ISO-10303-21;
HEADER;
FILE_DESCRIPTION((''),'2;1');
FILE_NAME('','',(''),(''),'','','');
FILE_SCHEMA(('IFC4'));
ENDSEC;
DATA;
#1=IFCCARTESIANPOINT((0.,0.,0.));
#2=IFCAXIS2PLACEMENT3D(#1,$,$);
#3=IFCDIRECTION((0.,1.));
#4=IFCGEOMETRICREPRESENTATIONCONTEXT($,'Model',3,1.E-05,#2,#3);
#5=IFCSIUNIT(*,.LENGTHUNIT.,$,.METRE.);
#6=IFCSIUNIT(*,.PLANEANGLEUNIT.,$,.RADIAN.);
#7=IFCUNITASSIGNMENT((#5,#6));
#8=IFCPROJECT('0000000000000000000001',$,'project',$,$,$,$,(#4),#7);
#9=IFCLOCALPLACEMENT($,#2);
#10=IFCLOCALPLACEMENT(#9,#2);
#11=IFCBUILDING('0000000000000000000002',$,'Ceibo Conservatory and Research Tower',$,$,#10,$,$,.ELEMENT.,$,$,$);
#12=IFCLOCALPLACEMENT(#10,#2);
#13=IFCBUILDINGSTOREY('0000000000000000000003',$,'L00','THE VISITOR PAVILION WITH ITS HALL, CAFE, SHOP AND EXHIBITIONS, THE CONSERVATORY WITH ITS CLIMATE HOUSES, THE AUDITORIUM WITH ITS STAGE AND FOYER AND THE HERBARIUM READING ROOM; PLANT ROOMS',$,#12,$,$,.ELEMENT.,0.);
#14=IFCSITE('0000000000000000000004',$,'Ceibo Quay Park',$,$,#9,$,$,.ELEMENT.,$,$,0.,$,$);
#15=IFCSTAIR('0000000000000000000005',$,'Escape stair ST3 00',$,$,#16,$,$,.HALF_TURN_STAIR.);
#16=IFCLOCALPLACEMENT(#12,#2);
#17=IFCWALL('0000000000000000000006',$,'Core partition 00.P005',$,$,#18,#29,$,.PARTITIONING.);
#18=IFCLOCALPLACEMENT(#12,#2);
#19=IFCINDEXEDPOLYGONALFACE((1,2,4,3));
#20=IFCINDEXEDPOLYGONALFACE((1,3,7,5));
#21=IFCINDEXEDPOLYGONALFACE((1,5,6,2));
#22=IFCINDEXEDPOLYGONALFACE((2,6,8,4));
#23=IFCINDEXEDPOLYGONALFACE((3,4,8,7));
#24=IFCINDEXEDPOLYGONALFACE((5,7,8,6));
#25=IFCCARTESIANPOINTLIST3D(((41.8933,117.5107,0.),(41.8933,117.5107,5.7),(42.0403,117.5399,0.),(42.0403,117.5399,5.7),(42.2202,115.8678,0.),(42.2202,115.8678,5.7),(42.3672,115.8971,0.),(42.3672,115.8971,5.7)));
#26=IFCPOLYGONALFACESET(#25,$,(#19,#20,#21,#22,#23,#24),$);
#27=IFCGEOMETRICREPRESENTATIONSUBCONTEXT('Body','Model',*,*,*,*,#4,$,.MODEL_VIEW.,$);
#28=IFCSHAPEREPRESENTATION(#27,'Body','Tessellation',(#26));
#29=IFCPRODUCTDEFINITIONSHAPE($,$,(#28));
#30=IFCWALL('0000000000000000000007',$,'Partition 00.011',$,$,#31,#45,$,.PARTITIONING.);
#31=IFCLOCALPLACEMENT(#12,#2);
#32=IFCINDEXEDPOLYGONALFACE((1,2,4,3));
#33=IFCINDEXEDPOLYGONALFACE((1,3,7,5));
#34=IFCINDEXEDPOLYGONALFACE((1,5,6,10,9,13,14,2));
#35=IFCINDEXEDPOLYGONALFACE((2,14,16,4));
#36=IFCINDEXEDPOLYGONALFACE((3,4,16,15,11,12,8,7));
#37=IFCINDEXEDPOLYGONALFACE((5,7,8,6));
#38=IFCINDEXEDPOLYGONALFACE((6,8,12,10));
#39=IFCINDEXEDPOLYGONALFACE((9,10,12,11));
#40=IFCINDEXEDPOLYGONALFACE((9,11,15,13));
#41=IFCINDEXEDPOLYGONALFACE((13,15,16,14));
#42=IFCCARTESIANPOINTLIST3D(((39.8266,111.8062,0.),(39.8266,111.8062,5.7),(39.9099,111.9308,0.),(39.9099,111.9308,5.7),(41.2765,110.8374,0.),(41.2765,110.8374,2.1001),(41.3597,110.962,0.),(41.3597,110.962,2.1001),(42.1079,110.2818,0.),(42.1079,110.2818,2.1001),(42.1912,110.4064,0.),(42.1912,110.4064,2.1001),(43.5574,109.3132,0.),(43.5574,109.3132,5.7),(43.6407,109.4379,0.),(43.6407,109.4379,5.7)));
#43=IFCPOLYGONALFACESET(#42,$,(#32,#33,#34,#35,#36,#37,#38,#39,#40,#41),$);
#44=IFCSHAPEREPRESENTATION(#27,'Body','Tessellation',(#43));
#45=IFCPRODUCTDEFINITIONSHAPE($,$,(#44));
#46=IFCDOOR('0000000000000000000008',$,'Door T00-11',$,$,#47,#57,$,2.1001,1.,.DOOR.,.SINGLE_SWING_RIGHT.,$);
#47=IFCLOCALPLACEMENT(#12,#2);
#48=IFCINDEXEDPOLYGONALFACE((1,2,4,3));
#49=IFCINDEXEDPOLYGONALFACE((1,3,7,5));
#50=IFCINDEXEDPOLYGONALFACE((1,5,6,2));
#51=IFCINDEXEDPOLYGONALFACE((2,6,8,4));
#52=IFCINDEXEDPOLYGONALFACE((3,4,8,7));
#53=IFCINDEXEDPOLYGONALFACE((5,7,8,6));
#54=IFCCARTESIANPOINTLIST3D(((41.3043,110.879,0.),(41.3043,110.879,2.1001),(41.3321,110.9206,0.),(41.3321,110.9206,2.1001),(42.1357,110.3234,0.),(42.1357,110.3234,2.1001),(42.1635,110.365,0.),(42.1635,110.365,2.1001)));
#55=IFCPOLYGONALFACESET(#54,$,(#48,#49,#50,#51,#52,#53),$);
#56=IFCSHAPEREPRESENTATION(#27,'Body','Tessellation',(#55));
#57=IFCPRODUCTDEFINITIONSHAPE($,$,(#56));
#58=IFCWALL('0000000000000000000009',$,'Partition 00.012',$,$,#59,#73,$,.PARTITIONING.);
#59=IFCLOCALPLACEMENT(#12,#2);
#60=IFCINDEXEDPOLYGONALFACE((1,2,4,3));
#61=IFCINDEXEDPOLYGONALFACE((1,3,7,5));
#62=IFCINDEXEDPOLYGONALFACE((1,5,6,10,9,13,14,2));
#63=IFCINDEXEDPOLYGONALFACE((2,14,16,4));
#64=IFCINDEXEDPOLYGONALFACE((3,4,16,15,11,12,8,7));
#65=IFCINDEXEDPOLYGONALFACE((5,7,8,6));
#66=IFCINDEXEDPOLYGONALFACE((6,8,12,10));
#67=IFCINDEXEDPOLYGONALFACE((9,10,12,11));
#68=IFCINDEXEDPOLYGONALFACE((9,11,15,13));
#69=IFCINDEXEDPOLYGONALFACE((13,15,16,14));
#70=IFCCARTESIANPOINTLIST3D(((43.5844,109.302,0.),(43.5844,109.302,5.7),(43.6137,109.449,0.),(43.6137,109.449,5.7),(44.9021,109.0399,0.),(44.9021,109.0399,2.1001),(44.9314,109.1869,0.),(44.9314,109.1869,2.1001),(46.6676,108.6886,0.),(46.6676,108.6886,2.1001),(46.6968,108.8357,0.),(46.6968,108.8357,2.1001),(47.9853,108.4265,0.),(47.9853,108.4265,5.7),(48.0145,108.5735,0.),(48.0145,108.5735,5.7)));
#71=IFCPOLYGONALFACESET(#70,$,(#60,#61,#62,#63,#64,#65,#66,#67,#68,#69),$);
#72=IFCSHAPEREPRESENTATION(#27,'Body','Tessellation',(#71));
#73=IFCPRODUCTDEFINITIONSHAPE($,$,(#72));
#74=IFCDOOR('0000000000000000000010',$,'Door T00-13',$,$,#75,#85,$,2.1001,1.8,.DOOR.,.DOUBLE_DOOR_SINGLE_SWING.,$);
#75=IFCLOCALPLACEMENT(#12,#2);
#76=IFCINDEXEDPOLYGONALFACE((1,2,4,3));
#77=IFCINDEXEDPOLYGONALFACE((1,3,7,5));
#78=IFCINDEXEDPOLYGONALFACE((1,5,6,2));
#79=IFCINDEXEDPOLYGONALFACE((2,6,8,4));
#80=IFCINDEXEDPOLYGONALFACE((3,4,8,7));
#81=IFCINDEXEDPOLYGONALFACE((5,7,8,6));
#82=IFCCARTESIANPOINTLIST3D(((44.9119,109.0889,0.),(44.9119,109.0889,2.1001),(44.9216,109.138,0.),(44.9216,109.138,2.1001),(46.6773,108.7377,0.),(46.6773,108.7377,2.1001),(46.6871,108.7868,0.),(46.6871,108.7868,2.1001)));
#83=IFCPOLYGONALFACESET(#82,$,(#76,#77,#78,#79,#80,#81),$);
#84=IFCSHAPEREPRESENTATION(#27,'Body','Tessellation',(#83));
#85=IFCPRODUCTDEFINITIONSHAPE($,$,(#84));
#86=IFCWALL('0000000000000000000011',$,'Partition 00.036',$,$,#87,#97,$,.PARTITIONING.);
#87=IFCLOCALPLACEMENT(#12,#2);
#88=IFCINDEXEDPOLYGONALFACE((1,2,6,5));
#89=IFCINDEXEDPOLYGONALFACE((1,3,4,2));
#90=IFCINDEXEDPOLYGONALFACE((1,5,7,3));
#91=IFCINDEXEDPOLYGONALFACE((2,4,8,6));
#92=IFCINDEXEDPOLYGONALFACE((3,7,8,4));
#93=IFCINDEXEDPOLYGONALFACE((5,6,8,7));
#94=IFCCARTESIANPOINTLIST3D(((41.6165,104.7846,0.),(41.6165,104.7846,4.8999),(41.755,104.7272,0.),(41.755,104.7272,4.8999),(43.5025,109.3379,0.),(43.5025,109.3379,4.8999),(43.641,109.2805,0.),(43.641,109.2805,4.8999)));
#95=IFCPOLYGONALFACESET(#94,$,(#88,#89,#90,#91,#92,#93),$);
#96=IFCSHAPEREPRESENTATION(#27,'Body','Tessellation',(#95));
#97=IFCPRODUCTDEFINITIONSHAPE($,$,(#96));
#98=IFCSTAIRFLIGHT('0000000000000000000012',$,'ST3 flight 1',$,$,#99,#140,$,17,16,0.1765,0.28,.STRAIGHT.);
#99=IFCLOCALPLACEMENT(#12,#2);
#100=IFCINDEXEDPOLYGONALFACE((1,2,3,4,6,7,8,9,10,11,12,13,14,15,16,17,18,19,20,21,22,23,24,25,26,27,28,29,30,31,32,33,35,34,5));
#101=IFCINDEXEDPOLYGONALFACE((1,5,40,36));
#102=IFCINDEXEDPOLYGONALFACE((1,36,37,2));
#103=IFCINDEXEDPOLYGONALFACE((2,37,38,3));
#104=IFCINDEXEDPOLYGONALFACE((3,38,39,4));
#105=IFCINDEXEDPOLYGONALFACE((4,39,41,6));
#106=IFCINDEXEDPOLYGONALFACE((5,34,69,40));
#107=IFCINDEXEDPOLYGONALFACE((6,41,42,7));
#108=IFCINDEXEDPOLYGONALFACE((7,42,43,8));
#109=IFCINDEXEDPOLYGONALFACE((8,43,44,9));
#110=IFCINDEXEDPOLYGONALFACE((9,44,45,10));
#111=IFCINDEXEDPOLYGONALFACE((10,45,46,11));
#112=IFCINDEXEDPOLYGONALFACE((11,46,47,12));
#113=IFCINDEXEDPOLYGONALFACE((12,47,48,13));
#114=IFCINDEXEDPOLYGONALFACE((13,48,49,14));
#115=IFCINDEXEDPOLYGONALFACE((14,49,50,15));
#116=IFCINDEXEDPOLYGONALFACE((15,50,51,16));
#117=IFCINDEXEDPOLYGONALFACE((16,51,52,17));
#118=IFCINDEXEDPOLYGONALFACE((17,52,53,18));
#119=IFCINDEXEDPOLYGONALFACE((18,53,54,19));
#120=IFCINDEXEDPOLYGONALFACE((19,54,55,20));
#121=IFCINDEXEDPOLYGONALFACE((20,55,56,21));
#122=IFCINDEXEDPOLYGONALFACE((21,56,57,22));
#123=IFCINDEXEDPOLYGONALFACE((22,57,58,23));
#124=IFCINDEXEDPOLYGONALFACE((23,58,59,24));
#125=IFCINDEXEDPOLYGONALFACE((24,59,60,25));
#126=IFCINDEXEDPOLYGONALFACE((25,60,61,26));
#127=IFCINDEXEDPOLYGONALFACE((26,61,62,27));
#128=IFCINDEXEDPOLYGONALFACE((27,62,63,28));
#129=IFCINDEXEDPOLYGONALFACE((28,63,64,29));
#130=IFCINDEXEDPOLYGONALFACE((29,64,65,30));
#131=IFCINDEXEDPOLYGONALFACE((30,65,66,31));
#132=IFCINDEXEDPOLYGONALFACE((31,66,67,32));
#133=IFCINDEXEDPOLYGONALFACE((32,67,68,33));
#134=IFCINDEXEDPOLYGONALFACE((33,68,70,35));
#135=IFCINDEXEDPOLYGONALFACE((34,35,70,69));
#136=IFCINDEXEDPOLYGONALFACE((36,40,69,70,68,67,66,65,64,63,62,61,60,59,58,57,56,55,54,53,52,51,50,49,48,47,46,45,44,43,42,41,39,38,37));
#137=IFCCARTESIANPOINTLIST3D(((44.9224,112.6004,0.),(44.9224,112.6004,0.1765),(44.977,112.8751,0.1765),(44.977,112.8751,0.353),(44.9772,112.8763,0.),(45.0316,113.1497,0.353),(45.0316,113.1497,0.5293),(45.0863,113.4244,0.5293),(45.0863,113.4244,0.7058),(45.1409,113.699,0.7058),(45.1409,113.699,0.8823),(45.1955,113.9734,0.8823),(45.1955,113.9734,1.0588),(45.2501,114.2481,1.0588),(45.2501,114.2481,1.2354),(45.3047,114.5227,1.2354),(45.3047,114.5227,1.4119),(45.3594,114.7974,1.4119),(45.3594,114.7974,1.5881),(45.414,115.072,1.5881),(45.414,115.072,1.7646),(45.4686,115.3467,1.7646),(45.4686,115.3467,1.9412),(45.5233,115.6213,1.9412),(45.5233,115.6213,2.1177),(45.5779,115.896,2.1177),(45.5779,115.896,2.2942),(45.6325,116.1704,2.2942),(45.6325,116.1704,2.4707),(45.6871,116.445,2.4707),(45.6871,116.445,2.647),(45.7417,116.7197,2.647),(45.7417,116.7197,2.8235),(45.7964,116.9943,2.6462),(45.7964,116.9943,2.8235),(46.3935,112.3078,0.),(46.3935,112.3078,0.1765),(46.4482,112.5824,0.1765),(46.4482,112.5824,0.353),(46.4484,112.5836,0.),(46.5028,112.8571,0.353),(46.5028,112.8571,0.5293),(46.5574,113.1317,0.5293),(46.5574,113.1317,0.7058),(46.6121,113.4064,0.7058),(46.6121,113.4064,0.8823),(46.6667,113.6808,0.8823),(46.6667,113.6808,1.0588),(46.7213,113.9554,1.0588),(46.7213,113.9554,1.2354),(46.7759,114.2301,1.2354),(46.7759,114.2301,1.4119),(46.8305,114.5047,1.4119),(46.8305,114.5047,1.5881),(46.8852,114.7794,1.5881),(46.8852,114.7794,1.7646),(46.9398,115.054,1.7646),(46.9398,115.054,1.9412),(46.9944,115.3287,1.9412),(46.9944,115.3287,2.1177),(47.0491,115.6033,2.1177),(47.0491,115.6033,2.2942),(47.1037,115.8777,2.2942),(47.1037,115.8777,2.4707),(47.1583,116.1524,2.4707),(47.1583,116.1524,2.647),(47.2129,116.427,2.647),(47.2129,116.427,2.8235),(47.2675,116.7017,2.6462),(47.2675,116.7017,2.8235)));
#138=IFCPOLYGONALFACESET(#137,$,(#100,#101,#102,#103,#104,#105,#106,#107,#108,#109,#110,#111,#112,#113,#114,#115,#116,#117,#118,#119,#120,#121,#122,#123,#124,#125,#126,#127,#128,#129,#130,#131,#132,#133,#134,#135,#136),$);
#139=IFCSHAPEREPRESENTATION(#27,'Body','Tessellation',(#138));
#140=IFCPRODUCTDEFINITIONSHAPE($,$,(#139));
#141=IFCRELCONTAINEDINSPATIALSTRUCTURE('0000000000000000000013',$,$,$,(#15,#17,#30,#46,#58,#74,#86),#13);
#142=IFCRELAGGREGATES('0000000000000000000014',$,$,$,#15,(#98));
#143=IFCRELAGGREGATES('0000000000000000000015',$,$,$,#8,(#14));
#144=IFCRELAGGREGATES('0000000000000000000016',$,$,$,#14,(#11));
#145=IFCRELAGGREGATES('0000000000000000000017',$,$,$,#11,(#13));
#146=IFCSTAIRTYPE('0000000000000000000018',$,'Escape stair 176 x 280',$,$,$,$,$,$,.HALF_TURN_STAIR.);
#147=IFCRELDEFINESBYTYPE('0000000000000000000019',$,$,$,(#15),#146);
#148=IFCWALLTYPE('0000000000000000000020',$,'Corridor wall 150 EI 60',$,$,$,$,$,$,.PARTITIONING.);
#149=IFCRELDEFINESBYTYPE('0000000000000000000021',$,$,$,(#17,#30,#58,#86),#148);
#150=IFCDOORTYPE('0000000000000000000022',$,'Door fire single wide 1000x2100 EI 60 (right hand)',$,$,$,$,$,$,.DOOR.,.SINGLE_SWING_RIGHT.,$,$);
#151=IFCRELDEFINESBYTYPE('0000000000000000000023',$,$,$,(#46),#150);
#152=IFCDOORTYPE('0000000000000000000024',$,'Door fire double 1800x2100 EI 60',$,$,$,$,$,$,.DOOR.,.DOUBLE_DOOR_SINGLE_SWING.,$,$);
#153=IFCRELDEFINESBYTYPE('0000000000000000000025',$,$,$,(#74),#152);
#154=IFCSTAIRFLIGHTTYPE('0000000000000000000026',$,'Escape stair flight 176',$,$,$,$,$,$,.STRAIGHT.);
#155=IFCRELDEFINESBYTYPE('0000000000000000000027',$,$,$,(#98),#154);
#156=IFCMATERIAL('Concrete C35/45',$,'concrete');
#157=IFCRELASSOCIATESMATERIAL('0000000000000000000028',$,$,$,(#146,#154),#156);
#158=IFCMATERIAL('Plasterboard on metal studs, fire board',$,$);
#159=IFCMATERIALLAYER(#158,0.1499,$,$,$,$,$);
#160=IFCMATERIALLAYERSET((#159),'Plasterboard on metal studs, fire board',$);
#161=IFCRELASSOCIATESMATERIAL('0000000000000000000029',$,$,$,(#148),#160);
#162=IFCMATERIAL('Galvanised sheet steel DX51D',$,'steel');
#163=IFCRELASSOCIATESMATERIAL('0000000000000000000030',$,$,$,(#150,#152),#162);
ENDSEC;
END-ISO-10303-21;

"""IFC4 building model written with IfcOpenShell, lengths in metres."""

from ifc_helpers import new_model, si_unit, direction, frame, frame_2d, origin, place, context, subcontext, project, spatial, polyline, rectangle, outline, extrude, material, layer, layer_set, type_object, element, fill, aggregate, save


model = new_model("IFC4")

# Units and contexts
model_context = context("Model", 3, precision=1e-05, world=origin(), true_north=direction((0.0, 1.0)))
body_context = subcontext(model_context, "Body", "Model", "MODEL_VIEW")
ifc_project = project(units=[si_unit("LENGTHUNIT", "METRE"), si_unit("PLANEANGLEUNIT", "RADIAN")], contexts=[model_context])

# Site, building, storey
site_placement = place(None, origin())
site = spatial("IfcSite", under=ifc_project, at=site_placement, Name="Ceibo Quay Park", CompositionType="ELEMENT", RefElevation=0.0)
building_placement = place(site_placement, origin())
building = spatial("IfcBuilding", under=site, at=building_placement, Name="Ceibo Conservatory and Research Tower", CompositionType="ELEMENT")
storey_placement = place(building_placement, origin())
storey = spatial("IfcBuildingStorey", under=building, at=storey_placement, Name="L00", Description="THE VISITOR PAVILION WITH ITS HALL, CAFE, SHOP AND EXHIBITIONS, THE CONSERVATORY WITH ITS CLIMATE HOUSES, THE AUDITORIUM WITH ITS STAGE AND FOYER AND THE HERBARIUM READING ROOM; PLANT ROOMS", CompositionType="ELEMENT", Elevation=0.0)

# Shared definitions
ifc_material_1 = material(Name="Concrete C35/45", Category="concrete")

# Stair
stair_type = type_object("IfcStairType", Name="Escape stair 176 x 280", PredefinedType="HALF_TURN_STAIR", material=ifc_material_1)
stair_placement = place(storey_placement, origin())
stair = element("IfcStair", 1, at=stair_placement, inside=storey, type_object=stair_type, Name="Escape stair ST3 00", PredefinedType="HALF_TURN_STAIR")

# Shared definitions
ifc_material_2 = material(Name="Galvanised sheet steel DX51D", Category="steel")

# Wall
ifc_material_3 = material(Name="Plasterboard on metal studs, fire board")
ifc_layer_1 = layer(ifc_material_3, 0.1499)
ifc_layer_set_1 = layer_set([ifc_layer_1], Name="Plasterboard on metal studs, fire board")
wall_type_1 = type_object("IfcWallType", Name="Corridor wall 150 EI 60", PredefinedType="PARTITIONING", material=ifc_layer_set_1)
wall_1_placement = place(storey_placement, frame((42.2937, 115.8826, 0.0), z_axis=(0.0, 0.0, 1.0), x_axis=(-0.195163, 0.980771, 0.0)))
element("IfcWall", 2, at=wall_1_placement, inside=storey, type_object=wall_type_1, Name="Core partition 00.P005", PredefinedType="PARTITIONING", context=body_context, shape_type="SweptSolid", body=[
    extrude(rectangle(XDim=1.675, YDim=0.1499, at=frame_2d((0.8374, 0.0))), origin(), (0.0, 0.0, 1.0), 5.7),
])

# Walls, openings, doors
wall_2_placement = place(storey_placement, frame((43.5991, 109.3755, 0.0), z_axis=(0.0, 0.0, 1.0), x_axis=(-0.831455, 0.555591, 0.0)))
wall_2 = element("IfcWall", 3, at=wall_2_placement, inside=storey, type_object=wall_type_1, Name="Partition 00.011", PredefinedType="PARTITIONING", context=body_context, shape_type="SweptSolid", body=[
    extrude(rectangle(XDim=4.4871, YDim=0.1499, at=frame_2d((2.2437, 0.0))), origin(), (0.0, 0.0, 1.0), 5.7),
])
opening_1_placement = place(wall_2_placement, frame((1.7434, 0.0, 0.0)))
opening_1 = element("IfcOpeningElement", 4, at=opening_1_placement, cuts=wall_2, PredefinedType="OPENING", context=body_context, shape_type="SweptSolid", body=[
    extrude(rectangle(XDim=1.0, YDim=2.1001, at=frame_2d((0.5, 1.05))), frame((0.0, 0.085, 0.0), z_axis=(0.0, -1.0, 0.0), x_axis=(1.0, 0.0, 0.0)), (0.0, 0.0, 1.0), 0.1699),
])
door_type_1 = type_object("IfcDoorType", Name="Door fire single wide 1000x2100 EI 60 (right hand)", OperationType="SINGLE_SWING_RIGHT", PredefinedType="DOOR", material=ifc_material_2)
door_1_placement = place(opening_1_placement, origin())
door_1 = element("IfcDoor", 5, at=door_1_placement, inside=storey, type_object=door_type_1, Name="Door T00-11", OperationType="SINGLE_SWING_RIGHT", OverallHeight=2.1001, OverallWidth=1.0, PredefinedType="DOOR", context=body_context, shape_type="SweptSolid", body=[
    extrude(rectangle(XDim=1.0, YDim=2.1001, at=frame_2d((0.5, 1.05))), frame((0.0, 0.0249, 0.0), z_axis=(0.0, -1.0, 0.0), x_axis=(1.0, 0.0, 0.0)), (0.0, 0.0, 1.0), 0.05),
])
fill(opening_1, door_1)
wall_3_placement = place(storey_placement, frame((48.0, 108.5, 0.0), z_axis=(0.0, 0.0, 1.0), x_axis=(-0.980781, 0.195112, 0.0)))
wall_3 = element("IfcWall", 6, at=wall_3_placement, inside=storey, type_object=wall_type_1, Name="Partition 00.012", PredefinedType="PARTITIONING", context=body_context, shape_type="SweptSolid", body=[
    extrude(rectangle(XDim=4.4871, YDim=0.1499, at=frame_2d((2.2437, 0.0))), origin(), (0.0, 0.0, 1.0), 5.7),
])
opening_2_placement = place(wall_3_placement, frame((1.3438, 0.0, 0.0)))
opening_2 = element("IfcOpeningElement", 7, at=opening_2_placement, cuts=wall_3, PredefinedType="OPENING", context=body_context, shape_type="SweptSolid", body=[
    extrude(rectangle(XDim=1.8, YDim=2.1001, at=frame_2d((0.8999, 1.05))), frame((0.0, 0.085, 0.0), z_axis=(0.0, -1.0, 0.0), x_axis=(1.0, 0.0, 0.0)), (0.0, 0.0, 1.0), 0.1699),
])
door_type_2 = type_object("IfcDoorType", Name="Door fire double 1800x2100 EI 60", OperationType="DOUBLE_DOOR_SINGLE_SWING", PredefinedType="DOOR", material=ifc_material_2)
door_2_placement = place(opening_2_placement, origin())
door_2 = element("IfcDoor", 8, at=door_2_placement, inside=storey, type_object=door_type_2, Name="Door T00-13", OperationType="DOUBLE_DOOR_SINGLE_SWING", OverallHeight=2.1001, OverallWidth=1.8, PredefinedType="DOOR", context=body_context, shape_type="SweptSolid", body=[
    extrude(rectangle(XDim=1.8, YDim=2.1001, at=frame_2d((0.8999, 1.05))), frame((0.0, 0.0249, 0.0), z_axis=(0.0, -1.0, 0.0), x_axis=(1.0, 0.0, 0.0)), (0.0, 0.0, 1.0), 0.05),
])
fill(opening_2, door_2)

# Wall
wall_4_placement = place(storey_placement, frame((43.5718, 109.3093, 0.0), z_axis=(0.0, 0.0, 1.0), x_axis=(-0.38268, -0.923881, 0.0)))
element("IfcWall", 9, at=wall_4_placement, inside=storey, type_object=wall_type_1, Name="Partition 00.036", PredefinedType="PARTITIONING", context=body_context, shape_type="SweptSolid", body=[
    extrude(rectangle(XDim=4.9285, YDim=0.1499, at=frame_2d((2.4644, 0.0))), origin(), (0.0, 0.0, 1.0), 4.8999),
])

# Stair flight
stair_flight_type = type_object("IfcStairFlightType", Name="Escape stair flight 176", PredefinedType="STRAIGHT", material=ifc_material_1)
stair_flight_placement = place(storey_placement, frame((45.658, 112.4541, 0.0), z_axis=(0.0, 0.0, 1.0), x_axis=(0.19509, 0.980785, 0.0)))
stair_flight = element("IfcStairFlight", 10, at=stair_flight_placement, type_object=stair_flight_type, Name="ST3 flight 1", NumberOfRisers=17, NumberOfTreads=16, PredefinedType="STRAIGHT", RiserHeight=0.1765, TreadLength=0.28, context=body_context, shape_type="SweptSolid", body=[
    extrude(outline(polyline([(0.0, 0.0), (0.0, 0.1765), (0.28, 0.1765), (0.28, 0.353), (0.5601, 0.353), (0.5601, 0.5293), (0.8401, 0.5293), (0.8401, 0.7058), (1.1201, 0.7058), (1.1201, 0.8823), (1.3999, 0.8823), (1.3999, 1.0588), (1.6799, 1.0588), (1.6799, 1.2354), (1.96, 1.2354), (1.96, 1.4119), (2.24, 1.4119), (2.24, 1.5881), (2.52, 1.5881), (2.52, 1.7646), (2.8, 1.7646), (2.8, 1.9412), (3.0801, 1.9412), (3.0801, 2.1177), (3.3601, 2.1177), (3.3601, 2.2942), (3.6399, 2.2942), (3.6399, 2.4707), (3.9199, 2.4707), (3.9199, 2.647), (4.2, 2.647), (4.2, 2.8235), (4.48, 2.8235), (4.48, 3.0), (4.48, 2.6462), (0.2812, 0.0), (0.0, 0.0)])), frame((0.0, 0.75, 0.0), z_axis=(0.0, -1.0, 0.0), x_axis=(1.0, 0.0, 0.0)), (0.0, 0.0, 1.0), 1.5),
])
aggregate(stair, [stair_flight])

save(model, "model.ifc")
